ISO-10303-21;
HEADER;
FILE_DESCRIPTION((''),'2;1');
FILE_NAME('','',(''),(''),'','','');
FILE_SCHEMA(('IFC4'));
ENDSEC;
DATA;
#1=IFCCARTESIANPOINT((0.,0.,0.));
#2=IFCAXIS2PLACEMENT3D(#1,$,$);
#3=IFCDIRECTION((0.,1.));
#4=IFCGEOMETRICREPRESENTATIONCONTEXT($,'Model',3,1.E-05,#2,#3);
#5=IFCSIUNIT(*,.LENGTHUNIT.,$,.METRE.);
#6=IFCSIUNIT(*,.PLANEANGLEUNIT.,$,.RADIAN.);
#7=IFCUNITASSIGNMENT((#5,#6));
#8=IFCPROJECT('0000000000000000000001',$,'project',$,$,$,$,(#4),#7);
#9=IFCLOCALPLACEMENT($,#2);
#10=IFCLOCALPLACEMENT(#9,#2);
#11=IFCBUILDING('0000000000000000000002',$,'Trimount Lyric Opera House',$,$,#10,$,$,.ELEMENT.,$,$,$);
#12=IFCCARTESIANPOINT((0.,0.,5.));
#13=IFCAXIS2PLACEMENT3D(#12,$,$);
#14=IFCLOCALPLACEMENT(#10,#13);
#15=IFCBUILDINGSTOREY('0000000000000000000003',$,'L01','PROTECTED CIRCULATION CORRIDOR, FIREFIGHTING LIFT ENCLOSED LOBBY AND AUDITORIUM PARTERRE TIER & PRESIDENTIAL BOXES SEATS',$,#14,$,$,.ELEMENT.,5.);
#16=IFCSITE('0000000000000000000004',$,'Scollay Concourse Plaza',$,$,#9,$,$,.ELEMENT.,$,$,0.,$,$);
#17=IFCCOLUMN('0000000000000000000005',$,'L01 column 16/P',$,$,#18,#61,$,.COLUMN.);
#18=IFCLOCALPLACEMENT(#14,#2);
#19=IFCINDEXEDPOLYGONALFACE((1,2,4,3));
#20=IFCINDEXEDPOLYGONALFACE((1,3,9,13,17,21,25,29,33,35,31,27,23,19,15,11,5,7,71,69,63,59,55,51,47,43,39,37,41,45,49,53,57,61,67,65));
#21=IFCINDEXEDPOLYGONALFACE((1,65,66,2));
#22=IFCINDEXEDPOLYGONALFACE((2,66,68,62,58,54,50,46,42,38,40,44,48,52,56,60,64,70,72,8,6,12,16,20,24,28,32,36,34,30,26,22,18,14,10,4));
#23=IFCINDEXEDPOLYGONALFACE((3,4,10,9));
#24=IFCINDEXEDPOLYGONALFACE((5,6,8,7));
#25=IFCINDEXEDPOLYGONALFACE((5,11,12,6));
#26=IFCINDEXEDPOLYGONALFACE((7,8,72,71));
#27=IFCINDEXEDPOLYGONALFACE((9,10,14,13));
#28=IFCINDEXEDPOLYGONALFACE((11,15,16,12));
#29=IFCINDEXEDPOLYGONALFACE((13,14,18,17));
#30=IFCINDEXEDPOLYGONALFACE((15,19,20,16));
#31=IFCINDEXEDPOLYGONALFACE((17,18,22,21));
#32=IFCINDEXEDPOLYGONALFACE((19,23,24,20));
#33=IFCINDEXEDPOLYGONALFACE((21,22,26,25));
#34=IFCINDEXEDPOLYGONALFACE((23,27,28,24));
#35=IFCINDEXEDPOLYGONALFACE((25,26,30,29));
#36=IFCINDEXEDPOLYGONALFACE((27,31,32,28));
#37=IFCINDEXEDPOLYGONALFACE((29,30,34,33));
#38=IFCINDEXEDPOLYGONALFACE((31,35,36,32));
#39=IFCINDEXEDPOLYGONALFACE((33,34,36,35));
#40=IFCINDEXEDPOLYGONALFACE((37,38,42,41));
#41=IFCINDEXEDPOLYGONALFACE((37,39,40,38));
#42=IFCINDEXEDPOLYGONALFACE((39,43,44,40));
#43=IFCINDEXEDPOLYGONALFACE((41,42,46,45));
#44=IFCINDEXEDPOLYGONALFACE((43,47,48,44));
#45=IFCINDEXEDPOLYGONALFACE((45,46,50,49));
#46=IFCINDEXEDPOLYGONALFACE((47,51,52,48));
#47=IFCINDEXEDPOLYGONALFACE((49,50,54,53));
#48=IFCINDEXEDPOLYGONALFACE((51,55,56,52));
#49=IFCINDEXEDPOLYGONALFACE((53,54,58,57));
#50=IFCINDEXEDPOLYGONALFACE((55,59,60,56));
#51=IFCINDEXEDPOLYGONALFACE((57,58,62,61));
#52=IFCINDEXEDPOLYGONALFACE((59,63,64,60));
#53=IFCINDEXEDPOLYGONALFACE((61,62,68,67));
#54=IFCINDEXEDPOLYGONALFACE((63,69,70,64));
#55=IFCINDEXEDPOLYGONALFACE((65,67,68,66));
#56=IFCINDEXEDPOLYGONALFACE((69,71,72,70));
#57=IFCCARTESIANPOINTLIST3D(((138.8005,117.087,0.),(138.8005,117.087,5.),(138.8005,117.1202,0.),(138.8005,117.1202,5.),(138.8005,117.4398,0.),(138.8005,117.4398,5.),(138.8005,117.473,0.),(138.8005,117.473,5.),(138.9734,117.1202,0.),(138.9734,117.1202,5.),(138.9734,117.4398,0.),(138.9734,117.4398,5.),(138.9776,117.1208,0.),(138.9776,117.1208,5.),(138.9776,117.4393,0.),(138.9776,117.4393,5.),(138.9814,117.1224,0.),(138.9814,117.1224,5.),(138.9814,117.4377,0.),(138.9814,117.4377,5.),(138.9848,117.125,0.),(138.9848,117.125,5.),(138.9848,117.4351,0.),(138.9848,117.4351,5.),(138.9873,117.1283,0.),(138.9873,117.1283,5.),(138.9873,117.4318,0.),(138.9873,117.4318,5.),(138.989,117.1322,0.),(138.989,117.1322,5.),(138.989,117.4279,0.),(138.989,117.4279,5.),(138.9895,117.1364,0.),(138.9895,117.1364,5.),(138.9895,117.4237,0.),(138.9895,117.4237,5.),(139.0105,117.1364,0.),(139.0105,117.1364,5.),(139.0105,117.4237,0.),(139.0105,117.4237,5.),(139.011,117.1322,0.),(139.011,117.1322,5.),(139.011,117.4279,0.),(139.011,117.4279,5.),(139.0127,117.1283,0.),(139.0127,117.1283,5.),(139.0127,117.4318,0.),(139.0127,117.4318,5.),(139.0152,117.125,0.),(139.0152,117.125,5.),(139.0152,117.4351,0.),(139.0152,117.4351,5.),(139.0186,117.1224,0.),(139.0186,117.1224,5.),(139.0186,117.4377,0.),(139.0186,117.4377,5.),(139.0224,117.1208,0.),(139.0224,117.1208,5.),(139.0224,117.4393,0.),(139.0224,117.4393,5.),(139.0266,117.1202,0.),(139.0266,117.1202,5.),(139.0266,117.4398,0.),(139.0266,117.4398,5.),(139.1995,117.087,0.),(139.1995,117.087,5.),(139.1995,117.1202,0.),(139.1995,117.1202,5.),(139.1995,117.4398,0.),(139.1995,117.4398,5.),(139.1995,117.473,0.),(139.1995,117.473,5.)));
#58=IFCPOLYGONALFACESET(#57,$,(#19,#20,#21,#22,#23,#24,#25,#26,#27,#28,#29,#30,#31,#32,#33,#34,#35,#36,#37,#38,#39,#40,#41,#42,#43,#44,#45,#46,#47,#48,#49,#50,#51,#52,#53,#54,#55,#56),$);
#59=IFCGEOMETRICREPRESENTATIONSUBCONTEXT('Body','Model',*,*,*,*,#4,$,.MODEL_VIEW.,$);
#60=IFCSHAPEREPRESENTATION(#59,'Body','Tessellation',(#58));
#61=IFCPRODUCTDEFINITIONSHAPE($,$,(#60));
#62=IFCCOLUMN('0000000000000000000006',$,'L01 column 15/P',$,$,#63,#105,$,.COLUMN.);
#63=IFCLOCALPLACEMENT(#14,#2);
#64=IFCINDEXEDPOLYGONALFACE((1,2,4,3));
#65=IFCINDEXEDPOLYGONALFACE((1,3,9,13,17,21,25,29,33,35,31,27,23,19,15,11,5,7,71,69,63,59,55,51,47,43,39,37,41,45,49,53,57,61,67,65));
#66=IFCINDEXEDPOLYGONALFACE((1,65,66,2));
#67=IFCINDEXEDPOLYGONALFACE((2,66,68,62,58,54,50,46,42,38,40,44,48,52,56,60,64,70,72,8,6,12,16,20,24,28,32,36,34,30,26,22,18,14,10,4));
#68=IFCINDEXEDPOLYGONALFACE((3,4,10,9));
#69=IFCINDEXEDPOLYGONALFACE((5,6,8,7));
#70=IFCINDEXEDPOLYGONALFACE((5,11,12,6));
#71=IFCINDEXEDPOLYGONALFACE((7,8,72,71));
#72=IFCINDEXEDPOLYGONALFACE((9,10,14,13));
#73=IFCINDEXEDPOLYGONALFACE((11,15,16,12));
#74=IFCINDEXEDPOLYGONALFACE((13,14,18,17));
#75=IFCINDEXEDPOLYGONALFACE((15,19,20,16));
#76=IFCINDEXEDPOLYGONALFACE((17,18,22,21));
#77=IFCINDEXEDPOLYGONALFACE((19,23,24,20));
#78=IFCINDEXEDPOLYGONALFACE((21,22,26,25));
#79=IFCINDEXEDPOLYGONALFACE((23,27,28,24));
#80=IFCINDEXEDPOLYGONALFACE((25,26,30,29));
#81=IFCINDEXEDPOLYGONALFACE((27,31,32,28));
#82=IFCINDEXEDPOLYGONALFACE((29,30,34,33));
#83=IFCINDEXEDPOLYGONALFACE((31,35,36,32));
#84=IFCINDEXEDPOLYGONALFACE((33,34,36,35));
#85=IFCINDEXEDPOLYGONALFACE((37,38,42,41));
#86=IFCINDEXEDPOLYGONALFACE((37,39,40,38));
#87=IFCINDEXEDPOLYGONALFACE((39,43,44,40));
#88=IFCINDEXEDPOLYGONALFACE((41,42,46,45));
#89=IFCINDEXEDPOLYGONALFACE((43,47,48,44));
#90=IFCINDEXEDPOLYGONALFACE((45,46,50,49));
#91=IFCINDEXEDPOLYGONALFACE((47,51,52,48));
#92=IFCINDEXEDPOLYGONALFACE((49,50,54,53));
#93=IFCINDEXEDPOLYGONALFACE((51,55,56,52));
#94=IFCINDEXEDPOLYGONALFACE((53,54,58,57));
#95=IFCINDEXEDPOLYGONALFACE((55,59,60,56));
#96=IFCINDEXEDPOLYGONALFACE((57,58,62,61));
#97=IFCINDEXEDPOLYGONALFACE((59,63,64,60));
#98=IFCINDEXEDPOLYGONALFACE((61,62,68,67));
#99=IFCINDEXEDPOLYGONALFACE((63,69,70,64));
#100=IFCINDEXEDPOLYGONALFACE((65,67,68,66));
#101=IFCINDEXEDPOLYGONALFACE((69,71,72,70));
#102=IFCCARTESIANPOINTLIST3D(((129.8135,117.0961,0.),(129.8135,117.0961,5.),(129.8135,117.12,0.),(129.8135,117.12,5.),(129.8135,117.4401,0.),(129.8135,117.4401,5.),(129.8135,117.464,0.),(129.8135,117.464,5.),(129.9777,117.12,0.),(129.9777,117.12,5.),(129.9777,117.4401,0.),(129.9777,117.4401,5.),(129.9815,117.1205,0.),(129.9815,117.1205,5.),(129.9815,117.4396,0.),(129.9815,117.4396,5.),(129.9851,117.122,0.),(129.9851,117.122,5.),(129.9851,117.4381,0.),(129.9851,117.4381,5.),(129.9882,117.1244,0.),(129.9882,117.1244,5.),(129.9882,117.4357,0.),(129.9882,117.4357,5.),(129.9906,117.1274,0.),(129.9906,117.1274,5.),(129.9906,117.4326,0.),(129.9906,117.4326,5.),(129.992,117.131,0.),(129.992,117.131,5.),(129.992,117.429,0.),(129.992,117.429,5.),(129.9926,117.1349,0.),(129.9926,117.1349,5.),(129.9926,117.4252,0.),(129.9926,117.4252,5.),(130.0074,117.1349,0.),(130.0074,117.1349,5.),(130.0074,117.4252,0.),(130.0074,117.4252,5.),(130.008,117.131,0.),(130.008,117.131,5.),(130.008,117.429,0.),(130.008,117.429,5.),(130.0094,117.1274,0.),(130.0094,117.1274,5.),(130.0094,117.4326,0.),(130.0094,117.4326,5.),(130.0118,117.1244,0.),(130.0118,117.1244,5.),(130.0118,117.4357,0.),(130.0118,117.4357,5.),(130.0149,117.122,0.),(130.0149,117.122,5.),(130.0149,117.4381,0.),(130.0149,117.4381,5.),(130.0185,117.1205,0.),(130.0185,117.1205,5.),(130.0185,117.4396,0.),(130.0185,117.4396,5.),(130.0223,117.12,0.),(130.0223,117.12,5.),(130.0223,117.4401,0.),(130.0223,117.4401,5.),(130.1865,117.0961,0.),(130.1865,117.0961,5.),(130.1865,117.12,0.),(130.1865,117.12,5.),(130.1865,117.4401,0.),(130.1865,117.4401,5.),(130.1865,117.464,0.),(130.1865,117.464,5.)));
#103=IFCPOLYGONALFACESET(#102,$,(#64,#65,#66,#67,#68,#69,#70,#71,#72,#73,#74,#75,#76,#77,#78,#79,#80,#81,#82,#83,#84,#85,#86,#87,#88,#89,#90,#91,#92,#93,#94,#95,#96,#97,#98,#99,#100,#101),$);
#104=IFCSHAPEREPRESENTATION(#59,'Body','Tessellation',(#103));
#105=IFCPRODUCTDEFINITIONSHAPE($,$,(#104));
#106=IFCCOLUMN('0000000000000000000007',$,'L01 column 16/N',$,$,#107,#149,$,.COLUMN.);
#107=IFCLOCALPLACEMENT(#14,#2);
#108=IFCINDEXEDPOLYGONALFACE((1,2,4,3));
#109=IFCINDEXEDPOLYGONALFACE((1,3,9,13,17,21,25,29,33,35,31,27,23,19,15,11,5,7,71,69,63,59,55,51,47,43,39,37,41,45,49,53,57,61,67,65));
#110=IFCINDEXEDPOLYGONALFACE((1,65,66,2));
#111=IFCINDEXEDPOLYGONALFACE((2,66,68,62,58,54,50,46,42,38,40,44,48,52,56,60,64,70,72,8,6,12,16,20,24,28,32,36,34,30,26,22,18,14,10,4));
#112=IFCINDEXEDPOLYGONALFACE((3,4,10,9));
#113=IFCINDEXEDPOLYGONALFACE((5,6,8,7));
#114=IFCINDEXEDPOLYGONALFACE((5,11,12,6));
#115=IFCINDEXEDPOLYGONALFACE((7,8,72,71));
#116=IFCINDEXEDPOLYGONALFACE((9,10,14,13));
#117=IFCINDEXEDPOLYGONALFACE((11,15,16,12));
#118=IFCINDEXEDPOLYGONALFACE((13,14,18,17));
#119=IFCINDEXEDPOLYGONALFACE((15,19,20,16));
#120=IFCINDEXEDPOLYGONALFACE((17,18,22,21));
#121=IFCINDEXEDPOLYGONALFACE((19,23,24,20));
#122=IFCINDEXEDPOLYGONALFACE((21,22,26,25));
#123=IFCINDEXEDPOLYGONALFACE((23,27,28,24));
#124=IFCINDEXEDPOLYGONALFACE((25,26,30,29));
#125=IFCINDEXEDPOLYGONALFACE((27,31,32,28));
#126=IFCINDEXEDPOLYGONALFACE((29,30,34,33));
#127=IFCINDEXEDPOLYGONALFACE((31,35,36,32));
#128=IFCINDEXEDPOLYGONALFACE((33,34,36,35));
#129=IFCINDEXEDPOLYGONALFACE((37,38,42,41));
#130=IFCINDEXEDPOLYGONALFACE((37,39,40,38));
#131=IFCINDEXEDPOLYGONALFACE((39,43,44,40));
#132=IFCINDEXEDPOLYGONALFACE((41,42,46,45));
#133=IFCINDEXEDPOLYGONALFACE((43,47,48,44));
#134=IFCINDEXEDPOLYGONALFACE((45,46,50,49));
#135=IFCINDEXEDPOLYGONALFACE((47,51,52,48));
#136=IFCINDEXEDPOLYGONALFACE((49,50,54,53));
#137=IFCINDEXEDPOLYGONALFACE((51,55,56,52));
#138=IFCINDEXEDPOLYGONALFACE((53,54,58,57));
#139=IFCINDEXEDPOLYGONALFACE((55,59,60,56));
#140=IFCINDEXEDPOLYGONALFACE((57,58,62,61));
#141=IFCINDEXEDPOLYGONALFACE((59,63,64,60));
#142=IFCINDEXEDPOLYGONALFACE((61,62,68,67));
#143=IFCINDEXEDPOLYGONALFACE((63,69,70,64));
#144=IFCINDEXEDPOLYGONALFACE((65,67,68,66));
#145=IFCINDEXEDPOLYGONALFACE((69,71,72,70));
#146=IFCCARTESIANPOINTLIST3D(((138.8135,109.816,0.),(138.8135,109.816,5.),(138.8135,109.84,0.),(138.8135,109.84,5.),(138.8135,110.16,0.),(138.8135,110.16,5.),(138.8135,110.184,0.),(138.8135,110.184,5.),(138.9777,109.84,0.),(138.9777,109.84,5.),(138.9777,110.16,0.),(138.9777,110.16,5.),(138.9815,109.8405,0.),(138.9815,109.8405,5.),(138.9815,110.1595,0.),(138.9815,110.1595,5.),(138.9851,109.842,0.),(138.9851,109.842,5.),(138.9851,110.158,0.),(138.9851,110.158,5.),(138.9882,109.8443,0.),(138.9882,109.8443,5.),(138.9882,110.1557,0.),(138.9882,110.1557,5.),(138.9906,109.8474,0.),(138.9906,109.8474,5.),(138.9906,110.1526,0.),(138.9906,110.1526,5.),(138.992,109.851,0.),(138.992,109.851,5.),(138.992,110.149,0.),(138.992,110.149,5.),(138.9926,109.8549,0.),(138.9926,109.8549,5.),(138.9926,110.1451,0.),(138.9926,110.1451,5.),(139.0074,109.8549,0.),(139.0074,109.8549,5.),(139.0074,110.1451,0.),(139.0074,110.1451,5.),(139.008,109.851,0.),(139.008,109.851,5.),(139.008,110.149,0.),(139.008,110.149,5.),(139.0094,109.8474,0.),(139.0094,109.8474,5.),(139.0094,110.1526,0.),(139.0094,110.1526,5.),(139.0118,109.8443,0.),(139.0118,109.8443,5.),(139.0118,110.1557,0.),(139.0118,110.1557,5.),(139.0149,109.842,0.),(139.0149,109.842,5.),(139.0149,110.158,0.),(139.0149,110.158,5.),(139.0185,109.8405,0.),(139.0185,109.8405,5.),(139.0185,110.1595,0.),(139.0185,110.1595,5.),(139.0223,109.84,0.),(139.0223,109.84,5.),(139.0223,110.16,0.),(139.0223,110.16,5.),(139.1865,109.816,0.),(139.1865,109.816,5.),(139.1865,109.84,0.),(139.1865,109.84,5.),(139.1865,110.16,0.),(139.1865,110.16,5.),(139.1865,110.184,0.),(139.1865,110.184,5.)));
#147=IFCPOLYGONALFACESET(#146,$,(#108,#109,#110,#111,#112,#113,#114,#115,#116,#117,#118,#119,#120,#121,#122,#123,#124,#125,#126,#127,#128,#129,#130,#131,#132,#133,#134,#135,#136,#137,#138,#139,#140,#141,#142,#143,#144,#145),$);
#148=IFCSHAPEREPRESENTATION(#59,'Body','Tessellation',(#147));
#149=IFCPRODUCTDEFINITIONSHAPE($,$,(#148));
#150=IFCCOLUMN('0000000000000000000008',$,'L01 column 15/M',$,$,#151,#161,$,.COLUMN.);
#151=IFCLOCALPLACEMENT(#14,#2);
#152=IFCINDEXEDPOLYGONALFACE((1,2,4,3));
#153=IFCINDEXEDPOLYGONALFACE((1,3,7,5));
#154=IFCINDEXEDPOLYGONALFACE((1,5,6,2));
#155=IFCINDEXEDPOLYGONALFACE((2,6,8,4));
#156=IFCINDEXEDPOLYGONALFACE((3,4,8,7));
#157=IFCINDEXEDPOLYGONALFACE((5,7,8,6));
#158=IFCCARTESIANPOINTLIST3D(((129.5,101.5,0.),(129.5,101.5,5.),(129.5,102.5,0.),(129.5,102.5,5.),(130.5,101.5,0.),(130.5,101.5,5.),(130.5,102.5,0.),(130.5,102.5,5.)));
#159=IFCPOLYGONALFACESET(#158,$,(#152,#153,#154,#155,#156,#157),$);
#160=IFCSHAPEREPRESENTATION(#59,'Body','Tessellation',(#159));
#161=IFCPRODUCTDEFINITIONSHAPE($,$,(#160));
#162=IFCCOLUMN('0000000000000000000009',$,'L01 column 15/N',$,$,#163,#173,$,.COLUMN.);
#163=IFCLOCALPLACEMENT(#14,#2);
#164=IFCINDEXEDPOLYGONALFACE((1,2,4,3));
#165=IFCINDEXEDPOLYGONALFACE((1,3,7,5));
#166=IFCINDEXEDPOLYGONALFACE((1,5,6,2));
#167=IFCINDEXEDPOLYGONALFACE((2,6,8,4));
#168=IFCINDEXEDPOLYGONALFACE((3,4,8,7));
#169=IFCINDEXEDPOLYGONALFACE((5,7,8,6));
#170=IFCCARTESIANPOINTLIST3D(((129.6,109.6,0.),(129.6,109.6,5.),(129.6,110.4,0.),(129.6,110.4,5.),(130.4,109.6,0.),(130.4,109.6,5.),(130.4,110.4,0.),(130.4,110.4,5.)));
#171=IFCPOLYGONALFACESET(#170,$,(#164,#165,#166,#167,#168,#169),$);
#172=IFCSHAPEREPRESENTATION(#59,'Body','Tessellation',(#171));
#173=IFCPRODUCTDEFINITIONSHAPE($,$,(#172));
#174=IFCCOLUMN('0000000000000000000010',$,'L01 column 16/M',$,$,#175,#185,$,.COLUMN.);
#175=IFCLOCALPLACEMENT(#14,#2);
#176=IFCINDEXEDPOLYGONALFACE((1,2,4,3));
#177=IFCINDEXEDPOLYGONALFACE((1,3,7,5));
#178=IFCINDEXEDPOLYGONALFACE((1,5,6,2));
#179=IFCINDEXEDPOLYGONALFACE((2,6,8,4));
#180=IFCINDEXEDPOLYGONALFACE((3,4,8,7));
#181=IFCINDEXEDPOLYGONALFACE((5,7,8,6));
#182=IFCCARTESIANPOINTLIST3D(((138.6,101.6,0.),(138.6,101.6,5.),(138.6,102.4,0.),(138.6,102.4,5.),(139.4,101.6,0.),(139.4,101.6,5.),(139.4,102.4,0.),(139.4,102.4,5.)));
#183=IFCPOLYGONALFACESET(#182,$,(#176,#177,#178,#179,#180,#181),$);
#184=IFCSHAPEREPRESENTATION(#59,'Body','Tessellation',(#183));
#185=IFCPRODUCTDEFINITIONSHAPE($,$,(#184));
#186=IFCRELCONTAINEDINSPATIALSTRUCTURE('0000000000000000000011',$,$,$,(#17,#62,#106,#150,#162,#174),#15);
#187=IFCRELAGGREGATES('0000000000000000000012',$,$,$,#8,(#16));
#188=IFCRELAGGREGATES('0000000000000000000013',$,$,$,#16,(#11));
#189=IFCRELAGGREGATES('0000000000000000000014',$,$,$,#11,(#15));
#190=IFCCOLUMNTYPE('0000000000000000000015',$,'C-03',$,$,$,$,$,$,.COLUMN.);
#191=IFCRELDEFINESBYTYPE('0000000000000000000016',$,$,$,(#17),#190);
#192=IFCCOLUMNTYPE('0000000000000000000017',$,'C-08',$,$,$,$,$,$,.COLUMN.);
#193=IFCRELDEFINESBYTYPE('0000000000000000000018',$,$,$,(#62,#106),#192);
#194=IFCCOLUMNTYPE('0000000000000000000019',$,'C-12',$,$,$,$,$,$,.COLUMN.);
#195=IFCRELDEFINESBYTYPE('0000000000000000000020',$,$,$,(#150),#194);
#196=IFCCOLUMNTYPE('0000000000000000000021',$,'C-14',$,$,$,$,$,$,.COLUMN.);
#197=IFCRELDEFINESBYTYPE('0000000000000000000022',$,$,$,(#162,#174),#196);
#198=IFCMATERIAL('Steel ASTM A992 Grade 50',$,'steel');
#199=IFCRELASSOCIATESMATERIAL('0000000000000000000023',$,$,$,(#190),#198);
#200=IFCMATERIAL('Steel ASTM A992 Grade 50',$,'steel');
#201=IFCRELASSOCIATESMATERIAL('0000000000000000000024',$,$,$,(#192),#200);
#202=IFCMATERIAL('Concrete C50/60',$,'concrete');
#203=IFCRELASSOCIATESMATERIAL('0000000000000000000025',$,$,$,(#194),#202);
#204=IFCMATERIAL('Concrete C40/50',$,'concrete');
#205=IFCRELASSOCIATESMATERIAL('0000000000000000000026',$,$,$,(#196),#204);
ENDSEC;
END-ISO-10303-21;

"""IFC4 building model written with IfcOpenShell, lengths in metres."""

from ifc_helpers import new_model, si_unit, direction, frame, origin, origin_2d, place, context, subcontext, project, spatial, rectangle, i_section, extrude, material, material_profile, profile_set, type_object, element, save


model = new_model("IFC4")

# Units and contexts
model_context = context("Model", 3, precision=1e-05, world=origin(), true_north=direction((0.0, 1.0)))
body_context = subcontext(model_context, "Body", "Model", "MODEL_VIEW")
ifc_project = project(units=[si_unit("LENGTHUNIT", "METRE"), si_unit("PLANEANGLEUNIT", "RADIAN")], contexts=[model_context])

# Site, building, storey
site_placement = place(None, origin())
site = spatial("IfcSite", under=ifc_project, at=site_placement, Name="Scollay Concourse Plaza", CompositionType="ELEMENT", RefElevation=0.0)
building_placement = place(site_placement, origin())
building = spatial("IfcBuilding", under=site, at=building_placement, Name="Trimount Lyric Opera House", CompositionType="ELEMENT")
storey_placement = place(building_placement, frame((0.0, 0.0, 5.0)))
storey = spatial("IfcBuildingStorey", under=building, at=storey_placement, Name="L01", Description="PROTECTED CIRCULATION CORRIDOR, FIREFIGHTING LIFT ENCLOSED LOBBY AND AUDITORIUM PARTERRE TIER & PRESIDENTIAL BOXES SEATS", CompositionType="ELEMENT", Elevation=5.0)

# Columns
ifc_material_1 = material(Name="Steel ASTM A992 Grade 50", Category="steel")
ifc_material_profile_1 = material_profile(ifc_material_1, i_section(OverallWidth=0.3989, OverallDepth=0.386, WebThickness=0.021, FlangeThickness=0.0332, FilletRadius=0.0161, at=origin_2d()), Name="W14X176")
ifc_profile_set_1 = profile_set([ifc_material_profile_1], Name="Steel ASTM A992 Grade 50")
column_type_1 = type_object("IfcColumnType", Name="C-03", PredefinedType="COLUMN", material=ifc_profile_set_1)
column_1_placement = place(storey_placement, frame((139.0, 117.28, 0.0), z_axis=(0.0, 0.0, 1.0), x_axis=(1.0, 0.0, 0.0)))
element("IfcColumn", 1, at=column_1_placement, inside=storey, type_object=column_type_1, Name="L01 column 16/P", PredefinedType="COLUMN", context=body_context, shape_type="SweptSolid", body=[
    extrude(i_section(OverallWidth=0.3989, OverallDepth=0.386, WebThickness=0.021, FlangeThickness=0.0332, FilletRadius=0.0161, at=origin_2d()), origin(), (0.0, 0.0, 1.0), 5.0),
])
ifc_material_2 = material(Name="Steel ASTM A992 Grade 50", Category="steel")
ifc_material_profile_2 = material_profile(ifc_material_2, i_section(OverallWidth=0.373, OverallDepth=0.3679, WebThickness=0.0149, FlangeThickness=0.0239, FilletRadius=0.0149, at=origin_2d()), Name="W14X120")
ifc_profile_set_2 = profile_set([ifc_material_profile_2], Name="Steel ASTM A992 Grade 50")
column_type_2 = type_object("IfcColumnType", Name="C-08", PredefinedType="COLUMN", material=ifc_profile_set_2)
for number, where, z_axis, x_axis, name in (
    (2, (130.0, 117.28, 0.0), (0.0, 0.0, 1.0), (1.0, 0.0, 0.0), "L01 column 15/P"),
    (3, (139.0, 110.0, 0.0), (0.0, 0.0, 1.0), (1.0, 0.0, 0.0), "L01 column 16/N"),
):
    element("IfcColumn", number, at=place(storey_placement, frame(where, z_axis=z_axis, x_axis=x_axis)), inside=storey, type_object=column_type_2, Name=name, PredefinedType="COLUMN", context=body_context, shape_type="SweptSolid", body=[
        extrude(i_section(OverallWidth=0.373, OverallDepth=0.3679, WebThickness=0.0149, FlangeThickness=0.0239, FilletRadius=0.0149, at=origin_2d()), origin(), (0.0, 0.0, 1.0), 5.0),
    ])
ifc_material_3 = material(Name="Concrete C50/60", Category="concrete")
ifc_material_profile_3 = material_profile(ifc_material_3, rectangle(XDim=1.0, YDim=1.0, at=origin_2d()), Name="RC1000X1000")
ifc_profile_set_3 = profile_set([ifc_material_profile_3], Name="Concrete C50/60")
column_type_3 = type_object("IfcColumnType", Name="C-12", PredefinedType="COLUMN", material=ifc_profile_set_3)
column_2_placement = place(storey_placement, frame((130.0, 102.0, 0.0), z_axis=(0.0, 0.0, 1.0), x_axis=(1.0, 0.0, 0.0)))
element("IfcColumn", 4, at=column_2_placement, inside=storey, type_object=column_type_3, Name="L01 column 15/M", PredefinedType="COLUMN", context=body_context, shape_type="SweptSolid", body=[
    extrude(rectangle(XDim=1.0, YDim=1.0, at=origin_2d()), origin(), (0.0, 0.0, 1.0), 5.0),
])
ifc_material_4 = material(Name="Concrete C40/50", Category="concrete")
ifc_material_profile_4 = material_profile(ifc_material_4, rectangle(XDim=0.8, YDim=0.8, at=origin_2d()), Name="RC800X800")
ifc_profile_set_4 = profile_set([ifc_material_profile_4], Name="Concrete C40/50")
column_type_4 = type_object("IfcColumnType", Name="C-14", PredefinedType="COLUMN", material=ifc_profile_set_4)
for number, where, z_axis, x_axis, name in (
    (5, (130.0, 110.0, 0.0), (0.0, 0.0, 1.0), (1.0, 0.0, 0.0), "L01 column 15/N"),
    (6, (139.0, 102.0, 0.0), (0.0, 0.0, 1.0), (1.0, 0.0, 0.0), "L01 column 16/M"),
):
    element("IfcColumn", number, at=place(storey_placement, frame(where, z_axis=z_axis, x_axis=x_axis)), inside=storey, type_object=column_type_4, Name=name, PredefinedType="COLUMN", context=body_context, shape_type="SweptSolid", body=[
        extrude(rectangle(XDim=0.8, YDim=0.8, at=origin_2d()), origin(), (0.0, 0.0, 1.0), 5.0),
    ])

save(model, "model.ifc")
